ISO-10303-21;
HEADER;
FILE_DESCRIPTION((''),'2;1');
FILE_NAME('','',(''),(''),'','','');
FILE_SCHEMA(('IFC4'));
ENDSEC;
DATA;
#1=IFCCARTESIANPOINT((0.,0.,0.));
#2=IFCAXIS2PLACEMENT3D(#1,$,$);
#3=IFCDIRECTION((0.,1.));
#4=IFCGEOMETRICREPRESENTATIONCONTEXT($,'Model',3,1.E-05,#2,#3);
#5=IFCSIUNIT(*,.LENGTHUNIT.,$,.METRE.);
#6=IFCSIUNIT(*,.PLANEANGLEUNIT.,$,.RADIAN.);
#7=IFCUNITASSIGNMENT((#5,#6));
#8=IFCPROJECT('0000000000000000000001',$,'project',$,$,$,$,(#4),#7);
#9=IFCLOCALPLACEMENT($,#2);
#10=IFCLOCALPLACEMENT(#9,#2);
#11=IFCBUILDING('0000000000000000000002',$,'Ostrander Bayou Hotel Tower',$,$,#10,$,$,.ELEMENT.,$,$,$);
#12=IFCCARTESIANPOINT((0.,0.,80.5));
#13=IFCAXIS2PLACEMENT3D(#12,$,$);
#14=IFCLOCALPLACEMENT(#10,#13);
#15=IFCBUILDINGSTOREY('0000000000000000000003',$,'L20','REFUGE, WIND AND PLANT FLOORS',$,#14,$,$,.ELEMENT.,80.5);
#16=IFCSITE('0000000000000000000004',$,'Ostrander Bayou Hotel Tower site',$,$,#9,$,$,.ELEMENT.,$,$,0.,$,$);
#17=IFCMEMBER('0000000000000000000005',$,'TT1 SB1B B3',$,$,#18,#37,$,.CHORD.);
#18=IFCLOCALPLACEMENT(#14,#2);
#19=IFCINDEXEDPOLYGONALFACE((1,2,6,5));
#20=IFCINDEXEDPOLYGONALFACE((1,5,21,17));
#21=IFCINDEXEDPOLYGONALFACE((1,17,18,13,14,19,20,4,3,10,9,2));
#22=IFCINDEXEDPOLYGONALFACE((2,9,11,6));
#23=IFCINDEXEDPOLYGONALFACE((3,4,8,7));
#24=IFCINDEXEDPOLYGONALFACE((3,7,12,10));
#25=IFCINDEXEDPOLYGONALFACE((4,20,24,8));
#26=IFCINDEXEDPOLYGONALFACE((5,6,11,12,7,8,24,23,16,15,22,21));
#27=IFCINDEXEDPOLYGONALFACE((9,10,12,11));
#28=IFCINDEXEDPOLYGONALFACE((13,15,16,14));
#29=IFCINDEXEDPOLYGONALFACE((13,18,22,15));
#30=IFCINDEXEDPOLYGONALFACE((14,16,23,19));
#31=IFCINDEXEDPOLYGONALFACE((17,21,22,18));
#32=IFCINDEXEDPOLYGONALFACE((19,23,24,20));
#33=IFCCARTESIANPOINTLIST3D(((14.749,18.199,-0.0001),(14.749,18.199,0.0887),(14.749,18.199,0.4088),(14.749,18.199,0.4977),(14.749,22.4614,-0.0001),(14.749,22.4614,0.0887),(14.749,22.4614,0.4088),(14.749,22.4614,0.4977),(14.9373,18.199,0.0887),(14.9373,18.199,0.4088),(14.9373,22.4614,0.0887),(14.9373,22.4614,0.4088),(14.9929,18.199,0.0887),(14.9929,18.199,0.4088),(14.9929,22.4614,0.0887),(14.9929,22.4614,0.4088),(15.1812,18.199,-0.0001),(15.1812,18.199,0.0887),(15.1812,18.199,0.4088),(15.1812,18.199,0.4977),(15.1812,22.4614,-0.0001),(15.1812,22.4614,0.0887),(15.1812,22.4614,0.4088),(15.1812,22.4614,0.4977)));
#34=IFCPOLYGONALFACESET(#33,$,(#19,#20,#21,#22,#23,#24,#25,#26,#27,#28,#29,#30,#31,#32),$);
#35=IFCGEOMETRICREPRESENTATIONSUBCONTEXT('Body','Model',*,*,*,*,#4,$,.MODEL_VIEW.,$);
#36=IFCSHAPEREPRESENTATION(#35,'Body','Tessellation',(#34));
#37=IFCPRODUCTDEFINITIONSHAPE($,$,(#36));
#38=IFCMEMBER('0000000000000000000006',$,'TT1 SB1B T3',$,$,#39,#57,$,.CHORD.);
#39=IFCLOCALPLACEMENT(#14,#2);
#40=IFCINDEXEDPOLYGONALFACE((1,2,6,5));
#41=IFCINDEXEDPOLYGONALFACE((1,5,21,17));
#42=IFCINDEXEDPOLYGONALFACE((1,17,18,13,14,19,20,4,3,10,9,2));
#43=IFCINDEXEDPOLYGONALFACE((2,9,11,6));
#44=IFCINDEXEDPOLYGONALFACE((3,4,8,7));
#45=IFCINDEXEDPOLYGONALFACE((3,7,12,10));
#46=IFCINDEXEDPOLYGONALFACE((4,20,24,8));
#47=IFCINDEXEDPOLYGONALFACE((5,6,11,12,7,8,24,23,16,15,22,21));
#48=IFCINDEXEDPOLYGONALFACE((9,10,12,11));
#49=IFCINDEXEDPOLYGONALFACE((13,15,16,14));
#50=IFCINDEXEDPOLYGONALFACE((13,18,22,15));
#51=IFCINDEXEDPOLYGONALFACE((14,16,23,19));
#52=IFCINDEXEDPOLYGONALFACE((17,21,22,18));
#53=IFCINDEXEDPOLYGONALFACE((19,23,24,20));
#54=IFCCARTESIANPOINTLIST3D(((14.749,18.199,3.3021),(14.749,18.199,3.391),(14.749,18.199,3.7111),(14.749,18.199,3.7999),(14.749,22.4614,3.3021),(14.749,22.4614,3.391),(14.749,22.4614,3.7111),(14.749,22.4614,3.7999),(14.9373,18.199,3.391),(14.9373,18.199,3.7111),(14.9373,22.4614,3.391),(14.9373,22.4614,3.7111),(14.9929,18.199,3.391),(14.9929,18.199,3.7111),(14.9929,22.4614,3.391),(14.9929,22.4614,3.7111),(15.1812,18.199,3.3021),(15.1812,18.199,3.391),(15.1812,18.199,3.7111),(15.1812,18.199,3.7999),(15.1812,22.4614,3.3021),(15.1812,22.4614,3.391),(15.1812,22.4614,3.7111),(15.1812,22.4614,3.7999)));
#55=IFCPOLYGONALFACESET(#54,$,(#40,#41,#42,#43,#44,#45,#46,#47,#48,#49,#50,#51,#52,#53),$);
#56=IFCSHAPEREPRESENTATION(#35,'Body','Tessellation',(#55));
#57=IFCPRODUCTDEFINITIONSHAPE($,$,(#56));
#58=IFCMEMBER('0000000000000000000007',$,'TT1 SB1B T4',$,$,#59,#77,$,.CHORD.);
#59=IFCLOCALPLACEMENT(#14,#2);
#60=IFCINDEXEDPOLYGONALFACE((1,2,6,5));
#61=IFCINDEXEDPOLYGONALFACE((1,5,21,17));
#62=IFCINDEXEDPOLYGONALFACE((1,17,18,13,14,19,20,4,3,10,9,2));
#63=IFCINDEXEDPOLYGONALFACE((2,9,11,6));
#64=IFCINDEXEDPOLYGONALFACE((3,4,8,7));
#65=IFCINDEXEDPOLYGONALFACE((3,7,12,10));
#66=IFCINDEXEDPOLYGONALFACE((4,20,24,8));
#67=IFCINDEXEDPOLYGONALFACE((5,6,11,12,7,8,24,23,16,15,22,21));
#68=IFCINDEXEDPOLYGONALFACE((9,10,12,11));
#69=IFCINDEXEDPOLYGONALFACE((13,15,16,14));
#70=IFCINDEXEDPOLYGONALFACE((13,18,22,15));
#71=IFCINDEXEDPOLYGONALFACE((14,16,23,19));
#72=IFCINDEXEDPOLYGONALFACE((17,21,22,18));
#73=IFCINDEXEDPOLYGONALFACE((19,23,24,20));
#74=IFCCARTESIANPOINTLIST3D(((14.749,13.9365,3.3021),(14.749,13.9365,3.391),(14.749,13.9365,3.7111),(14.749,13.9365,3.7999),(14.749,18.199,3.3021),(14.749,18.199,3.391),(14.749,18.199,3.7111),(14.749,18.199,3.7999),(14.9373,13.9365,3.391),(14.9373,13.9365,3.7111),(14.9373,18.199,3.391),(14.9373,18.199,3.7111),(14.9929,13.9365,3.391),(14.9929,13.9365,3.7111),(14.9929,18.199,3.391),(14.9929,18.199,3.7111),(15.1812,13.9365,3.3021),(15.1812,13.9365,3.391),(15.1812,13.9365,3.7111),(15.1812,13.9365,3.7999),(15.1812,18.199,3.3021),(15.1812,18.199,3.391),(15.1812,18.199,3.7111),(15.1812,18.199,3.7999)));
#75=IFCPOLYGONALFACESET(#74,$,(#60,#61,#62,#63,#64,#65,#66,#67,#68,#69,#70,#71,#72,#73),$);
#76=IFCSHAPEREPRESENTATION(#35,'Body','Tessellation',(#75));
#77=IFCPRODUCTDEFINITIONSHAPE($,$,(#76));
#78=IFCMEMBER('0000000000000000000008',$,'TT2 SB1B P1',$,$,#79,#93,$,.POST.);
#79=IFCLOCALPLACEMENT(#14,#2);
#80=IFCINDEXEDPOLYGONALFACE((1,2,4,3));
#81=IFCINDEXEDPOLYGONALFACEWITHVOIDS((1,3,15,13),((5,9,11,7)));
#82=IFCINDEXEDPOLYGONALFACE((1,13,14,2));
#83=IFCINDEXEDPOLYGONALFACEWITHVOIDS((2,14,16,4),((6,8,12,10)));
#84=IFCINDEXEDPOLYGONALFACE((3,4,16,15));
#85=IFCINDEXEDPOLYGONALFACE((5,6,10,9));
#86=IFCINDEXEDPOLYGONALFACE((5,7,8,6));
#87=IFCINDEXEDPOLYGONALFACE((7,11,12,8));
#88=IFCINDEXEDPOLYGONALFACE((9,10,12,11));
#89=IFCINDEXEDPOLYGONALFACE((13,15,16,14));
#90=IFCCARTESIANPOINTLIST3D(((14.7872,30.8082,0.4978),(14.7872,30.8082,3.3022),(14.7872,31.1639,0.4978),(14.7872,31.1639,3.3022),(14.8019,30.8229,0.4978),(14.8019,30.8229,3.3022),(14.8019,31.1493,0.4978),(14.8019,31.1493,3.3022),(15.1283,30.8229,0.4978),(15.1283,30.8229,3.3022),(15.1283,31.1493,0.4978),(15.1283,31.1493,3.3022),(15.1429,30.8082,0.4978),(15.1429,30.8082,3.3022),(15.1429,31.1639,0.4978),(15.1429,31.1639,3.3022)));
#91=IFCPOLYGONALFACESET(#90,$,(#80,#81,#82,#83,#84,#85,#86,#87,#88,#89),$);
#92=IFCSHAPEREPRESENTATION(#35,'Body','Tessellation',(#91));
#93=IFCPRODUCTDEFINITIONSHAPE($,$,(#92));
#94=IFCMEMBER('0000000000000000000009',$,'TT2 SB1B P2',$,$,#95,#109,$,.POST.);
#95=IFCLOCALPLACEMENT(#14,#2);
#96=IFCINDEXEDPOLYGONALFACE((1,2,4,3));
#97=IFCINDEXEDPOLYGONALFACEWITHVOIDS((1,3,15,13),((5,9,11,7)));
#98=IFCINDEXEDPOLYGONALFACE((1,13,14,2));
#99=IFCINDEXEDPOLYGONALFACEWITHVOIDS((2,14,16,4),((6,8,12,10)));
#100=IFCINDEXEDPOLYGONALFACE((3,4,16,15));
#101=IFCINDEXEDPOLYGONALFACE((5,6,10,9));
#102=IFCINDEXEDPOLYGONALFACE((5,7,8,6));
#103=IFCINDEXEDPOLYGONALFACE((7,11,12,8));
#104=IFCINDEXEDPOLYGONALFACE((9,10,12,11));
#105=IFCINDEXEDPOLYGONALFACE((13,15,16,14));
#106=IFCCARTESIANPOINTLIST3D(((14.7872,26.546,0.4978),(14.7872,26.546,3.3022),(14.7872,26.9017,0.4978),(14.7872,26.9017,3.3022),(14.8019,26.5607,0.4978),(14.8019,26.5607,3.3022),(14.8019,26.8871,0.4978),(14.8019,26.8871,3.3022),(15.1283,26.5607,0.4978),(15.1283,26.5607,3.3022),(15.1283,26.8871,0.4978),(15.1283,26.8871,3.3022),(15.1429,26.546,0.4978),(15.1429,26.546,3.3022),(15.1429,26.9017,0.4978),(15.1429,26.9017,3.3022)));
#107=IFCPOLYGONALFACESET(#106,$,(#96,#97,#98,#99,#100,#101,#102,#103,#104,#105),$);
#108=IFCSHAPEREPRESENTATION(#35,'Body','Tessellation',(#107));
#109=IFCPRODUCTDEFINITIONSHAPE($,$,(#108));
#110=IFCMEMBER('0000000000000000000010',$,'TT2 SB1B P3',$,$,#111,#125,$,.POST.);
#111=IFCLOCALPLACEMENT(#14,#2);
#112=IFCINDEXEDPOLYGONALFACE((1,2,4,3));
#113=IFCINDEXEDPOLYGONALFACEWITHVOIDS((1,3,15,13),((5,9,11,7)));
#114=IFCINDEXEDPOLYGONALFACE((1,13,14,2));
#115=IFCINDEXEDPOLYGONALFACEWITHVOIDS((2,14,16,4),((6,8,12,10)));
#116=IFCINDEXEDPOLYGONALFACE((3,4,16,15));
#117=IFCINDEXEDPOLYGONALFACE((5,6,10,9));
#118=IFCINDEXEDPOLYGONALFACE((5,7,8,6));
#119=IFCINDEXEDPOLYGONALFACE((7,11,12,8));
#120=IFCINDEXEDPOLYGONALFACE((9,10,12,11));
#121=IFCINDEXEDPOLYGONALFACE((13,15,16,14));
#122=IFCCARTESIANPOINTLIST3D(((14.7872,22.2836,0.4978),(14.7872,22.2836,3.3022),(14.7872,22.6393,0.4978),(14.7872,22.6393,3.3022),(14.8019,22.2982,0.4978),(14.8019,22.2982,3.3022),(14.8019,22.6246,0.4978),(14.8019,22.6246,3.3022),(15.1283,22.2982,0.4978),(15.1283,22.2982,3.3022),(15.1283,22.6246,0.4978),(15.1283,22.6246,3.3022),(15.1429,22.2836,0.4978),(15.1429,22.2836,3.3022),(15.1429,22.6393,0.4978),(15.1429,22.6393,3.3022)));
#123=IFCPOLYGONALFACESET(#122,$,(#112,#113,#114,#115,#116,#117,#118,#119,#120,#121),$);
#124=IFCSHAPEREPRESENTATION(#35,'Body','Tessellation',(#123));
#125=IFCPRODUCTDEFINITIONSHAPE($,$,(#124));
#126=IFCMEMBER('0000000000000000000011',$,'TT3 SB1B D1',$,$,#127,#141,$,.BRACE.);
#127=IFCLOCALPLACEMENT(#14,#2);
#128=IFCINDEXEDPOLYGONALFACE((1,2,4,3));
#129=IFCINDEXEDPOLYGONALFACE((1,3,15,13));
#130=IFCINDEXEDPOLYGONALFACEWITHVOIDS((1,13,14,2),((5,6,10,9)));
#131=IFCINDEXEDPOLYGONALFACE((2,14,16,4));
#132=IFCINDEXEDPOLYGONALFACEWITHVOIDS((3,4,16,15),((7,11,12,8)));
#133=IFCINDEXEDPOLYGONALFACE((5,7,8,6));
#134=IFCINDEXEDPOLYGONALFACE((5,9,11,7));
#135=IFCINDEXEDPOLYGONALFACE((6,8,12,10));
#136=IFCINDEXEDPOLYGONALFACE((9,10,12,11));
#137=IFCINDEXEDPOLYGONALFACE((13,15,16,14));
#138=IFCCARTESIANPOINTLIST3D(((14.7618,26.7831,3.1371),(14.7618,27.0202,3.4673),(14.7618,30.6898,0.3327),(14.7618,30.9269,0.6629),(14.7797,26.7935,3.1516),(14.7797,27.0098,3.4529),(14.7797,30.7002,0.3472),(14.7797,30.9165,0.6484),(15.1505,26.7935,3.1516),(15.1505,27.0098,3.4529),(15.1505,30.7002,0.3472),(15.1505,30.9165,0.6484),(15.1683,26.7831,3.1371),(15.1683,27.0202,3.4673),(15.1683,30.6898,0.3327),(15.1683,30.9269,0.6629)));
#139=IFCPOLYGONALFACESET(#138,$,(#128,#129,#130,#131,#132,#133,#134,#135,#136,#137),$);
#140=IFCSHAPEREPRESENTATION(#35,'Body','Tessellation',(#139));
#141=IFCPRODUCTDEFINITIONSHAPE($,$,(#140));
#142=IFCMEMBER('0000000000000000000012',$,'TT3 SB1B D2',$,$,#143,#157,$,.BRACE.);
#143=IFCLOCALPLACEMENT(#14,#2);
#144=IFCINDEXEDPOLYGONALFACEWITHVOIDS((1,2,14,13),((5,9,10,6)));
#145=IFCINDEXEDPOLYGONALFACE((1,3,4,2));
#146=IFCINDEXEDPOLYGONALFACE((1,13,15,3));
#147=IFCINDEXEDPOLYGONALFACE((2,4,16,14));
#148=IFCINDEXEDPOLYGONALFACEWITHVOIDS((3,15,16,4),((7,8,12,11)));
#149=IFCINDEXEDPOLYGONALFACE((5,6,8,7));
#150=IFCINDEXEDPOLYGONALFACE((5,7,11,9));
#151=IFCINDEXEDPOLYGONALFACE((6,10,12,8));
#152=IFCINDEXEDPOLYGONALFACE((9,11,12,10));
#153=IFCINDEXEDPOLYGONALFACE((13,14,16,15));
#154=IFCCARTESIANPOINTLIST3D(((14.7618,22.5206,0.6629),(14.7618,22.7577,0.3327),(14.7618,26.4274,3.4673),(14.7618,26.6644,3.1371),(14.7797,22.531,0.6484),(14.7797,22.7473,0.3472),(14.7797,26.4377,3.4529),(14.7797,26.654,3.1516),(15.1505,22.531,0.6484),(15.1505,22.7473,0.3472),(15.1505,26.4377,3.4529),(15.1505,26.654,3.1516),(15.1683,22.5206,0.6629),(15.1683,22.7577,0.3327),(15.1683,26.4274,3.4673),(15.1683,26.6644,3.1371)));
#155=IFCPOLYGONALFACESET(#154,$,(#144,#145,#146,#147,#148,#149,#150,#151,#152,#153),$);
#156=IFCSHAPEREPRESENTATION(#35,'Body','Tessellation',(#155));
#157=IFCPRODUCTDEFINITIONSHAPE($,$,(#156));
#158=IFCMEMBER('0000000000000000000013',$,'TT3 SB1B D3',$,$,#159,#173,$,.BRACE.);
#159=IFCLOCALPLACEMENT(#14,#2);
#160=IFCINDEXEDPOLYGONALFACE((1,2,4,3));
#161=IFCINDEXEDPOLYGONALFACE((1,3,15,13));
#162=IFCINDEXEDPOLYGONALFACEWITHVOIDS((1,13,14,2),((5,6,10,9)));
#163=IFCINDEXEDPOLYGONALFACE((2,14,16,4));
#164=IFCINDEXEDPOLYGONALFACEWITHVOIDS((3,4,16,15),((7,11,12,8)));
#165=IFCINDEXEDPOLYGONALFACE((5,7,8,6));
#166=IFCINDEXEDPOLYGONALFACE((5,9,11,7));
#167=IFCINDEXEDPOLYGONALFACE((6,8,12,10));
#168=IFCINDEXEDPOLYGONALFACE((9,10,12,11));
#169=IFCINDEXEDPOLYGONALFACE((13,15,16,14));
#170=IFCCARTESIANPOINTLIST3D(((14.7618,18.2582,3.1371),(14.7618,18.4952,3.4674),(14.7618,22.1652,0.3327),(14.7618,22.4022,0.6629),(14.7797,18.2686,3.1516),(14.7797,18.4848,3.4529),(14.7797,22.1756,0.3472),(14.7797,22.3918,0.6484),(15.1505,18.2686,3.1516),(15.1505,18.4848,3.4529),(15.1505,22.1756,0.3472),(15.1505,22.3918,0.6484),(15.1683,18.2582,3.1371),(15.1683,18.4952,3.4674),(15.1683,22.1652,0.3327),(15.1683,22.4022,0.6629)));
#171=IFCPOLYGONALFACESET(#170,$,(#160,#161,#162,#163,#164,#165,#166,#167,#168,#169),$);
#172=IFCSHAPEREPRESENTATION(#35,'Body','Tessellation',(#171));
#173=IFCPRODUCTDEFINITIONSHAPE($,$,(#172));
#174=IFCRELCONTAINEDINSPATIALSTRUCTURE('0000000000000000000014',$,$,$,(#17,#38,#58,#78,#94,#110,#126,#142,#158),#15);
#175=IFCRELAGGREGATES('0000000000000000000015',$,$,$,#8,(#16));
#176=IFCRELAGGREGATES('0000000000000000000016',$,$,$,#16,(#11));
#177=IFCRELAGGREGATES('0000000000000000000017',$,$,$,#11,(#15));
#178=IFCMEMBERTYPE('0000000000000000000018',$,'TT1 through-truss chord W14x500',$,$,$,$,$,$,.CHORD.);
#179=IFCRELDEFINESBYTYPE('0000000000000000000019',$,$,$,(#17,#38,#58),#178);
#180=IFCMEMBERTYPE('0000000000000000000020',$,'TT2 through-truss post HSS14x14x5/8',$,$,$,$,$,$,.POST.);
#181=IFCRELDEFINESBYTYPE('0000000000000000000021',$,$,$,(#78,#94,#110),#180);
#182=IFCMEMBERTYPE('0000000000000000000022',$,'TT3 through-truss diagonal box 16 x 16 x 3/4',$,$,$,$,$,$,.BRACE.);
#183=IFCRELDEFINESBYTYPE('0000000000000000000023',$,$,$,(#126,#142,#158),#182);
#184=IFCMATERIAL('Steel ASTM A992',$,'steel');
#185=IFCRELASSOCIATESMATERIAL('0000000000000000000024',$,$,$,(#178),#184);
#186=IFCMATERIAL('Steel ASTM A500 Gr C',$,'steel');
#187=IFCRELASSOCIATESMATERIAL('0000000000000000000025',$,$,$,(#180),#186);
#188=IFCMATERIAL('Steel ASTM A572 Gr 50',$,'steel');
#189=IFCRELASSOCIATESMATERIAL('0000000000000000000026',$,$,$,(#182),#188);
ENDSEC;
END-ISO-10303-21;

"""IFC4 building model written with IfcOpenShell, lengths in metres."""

from ifc_helpers import new_model, si_unit, direction, frame, origin, origin_2d, place, context, subcontext, project, spatial, hollow_rectangle, i_section, extrude, material, material_profile, profile_set, type_object, element, save


model = new_model("IFC4")

# Units and contexts
model_context = context("Model", 3, precision=1e-05, world=origin(), true_north=direction((0.0, 1.0)))
body_context = subcontext(model_context, "Body", "Model", "MODEL_VIEW")
ifc_project = project(units=[si_unit("LENGTHUNIT", "METRE"), si_unit("PLANEANGLEUNIT", "RADIAN")], contexts=[model_context])

# Site, building, storey
site_placement = place(None, origin())
site = spatial("IfcSite", under=ifc_project, at=site_placement, Name="Ostrander Bayou Hotel Tower site", CompositionType="ELEMENT", RefElevation=0.0)
building_placement = place(site_placement, origin())
building = spatial("IfcBuilding", under=site, at=building_placement, Name="Ostrander Bayou Hotel Tower", CompositionType="ELEMENT")
storey_placement = place(building_placement, frame((0.0, 0.0, 80.5)))
storey = spatial("IfcBuildingStorey", under=building, at=storey_placement, Name="L20", Description="REFUGE, WIND AND PLANT FLOORS", CompositionType="ELEMENT", Elevation=80.5)

# Members
ifc_material_1 = material(Name="Steel ASTM A992", Category="steel")
ifc_material_profile_1 = material_profile(ifc_material_1, i_section(OverallWidth=0.4321, OverallDepth=0.4978, WebThickness=0.0557, FlangeThickness=0.0889, at=origin_2d()))
ifc_profile_set_1 = profile_set([ifc_material_profile_1], Name="Steel ASTM A992")
member_type_1 = type_object("IfcMemberType", Name="TT1 through-truss chord W14x500", PredefinedType="CHORD", material=ifc_profile_set_1)
for number, where, z_axis, x_axis, name in (
    (1, (14.9651, 22.4614, 0.2488), (0.0, -1.0, 0.0), (1.0, 0.0, 0.0), "TT1 SB1B B3"),
    (2, (14.9651, 22.4614, 3.551), (0.0, -1.0, 0.0), (1.0, 0.0, 0.0), "TT1 SB1B T3"),
    (3, (14.9651, 18.199, 3.551), (0.0, -1.0, 0.0), (1.0, 0.0, 0.0), "TT1 SB1B T4"),
):
    element("IfcMember", number, at=place(storey_placement, frame(where, z_axis=z_axis, x_axis=x_axis)), inside=storey, type_object=member_type_1, Name=name, PredefinedType="CHORD", context=body_context, shape_type="SweptSolid", body=[
        extrude(i_section(OverallWidth=0.4321, OverallDepth=0.4978, WebThickness=0.0557, FlangeThickness=0.0889, at=origin_2d()), origin(), (0.0, 0.0, 1.0), 4.2625),
    ])
ifc_material_2 = material(Name="Steel ASTM A500 Gr C", Category="steel")
ifc_material_profile_2 = material_profile(ifc_material_2, hollow_rectangle(XDim=0.3557, YDim=0.3557, WallThickness=0.0146, at=origin_2d()))
ifc_profile_set_2 = profile_set([ifc_material_profile_2], Name="Steel ASTM A500 Gr C")
member_type_2 = type_object("IfcMemberType", Name="TT2 through-truss post HSS14x14x5/8", PredefinedType="POST", material=ifc_profile_set_2)
for number, where, z_axis, x_axis, name in (
    (4, (14.9651, 30.9861, 0.4978), (0.0, 0.0, 1.0), (1.0, 0.0, 0.0), "TT2 SB1B P1"),
    (5, (14.9651, 26.7239, 0.4978), (0.0, 0.0, 1.0), (1.0, 0.0, 0.0), "TT2 SB1B P2"),
    (6, (14.9651, 22.4614, 0.4978), (0.0, 0.0, 1.0), (1.0, 0.0, 0.0), "TT2 SB1B P3"),
):
    element("IfcMember", number, at=place(storey_placement, frame(where, z_axis=z_axis, x_axis=x_axis)), inside=storey, type_object=member_type_2, Name=name, PredefinedType="POST", context=body_context, shape_type="SweptSolid", body=[
        extrude(hollow_rectangle(XDim=0.3557, YDim=0.3557, WallThickness=0.0146, at=origin_2d()), origin(), (0.0, 0.0, 1.0), 2.8044),
    ])
ifc_material_3 = material(Name="Steel ASTM A572 Gr 50", Category="steel")
ifc_material_profile_3 = material_profile(ifc_material_3, hollow_rectangle(XDim=0.4065, YDim=0.4065, WallThickness=0.0178, at=origin_2d()))
ifc_profile_set_3 = profile_set([ifc_material_profile_3], Name="Steel ASTM A572 Gr 50")
member_type_3 = type_object("IfcMemberType", Name="TT3 through-truss diagonal box 16 x 16 x 3/4", PredefinedType="BRACE", material=ifc_profile_set_3)
for number, where, z_axis, x_axis, name in (
    (7, (14.9651, 30.8083, 0.4978), (0.0, -0.812363, 0.583153), (1.0, 0.0, 0.0), "TT3 SB1B D1"),
    (8, (14.9651, 22.6392, 0.4978), (0.0, 0.812363, 0.583153), (-1.0, 0.0, 0.0), "TT3 SB1B D2"),
):
    element("IfcMember", number, at=place(storey_placement, frame(where, z_axis=z_axis, x_axis=x_axis)), inside=storey, type_object=member_type_3, Name=name, PredefinedType="BRACE", context=body_context, shape_type="SweptSolid", body=[
        extrude(hollow_rectangle(XDim=0.4065, YDim=0.4065, WallThickness=0.0178, at=origin_2d()), origin(), (0.0, 0.0, 1.0), 4.8091),
    ])
member_1_placement = place(storey_placement, frame((14.9651, 22.2837, 0.4978), z_axis=(0.0, -0.81238, 0.583129), x_axis=(1.0, 0.0, 0.0)))
element("IfcMember", 9, at=member_1_placement, inside=storey, type_object=member_type_3, Name="TT3 SB1B D3", PredefinedType="BRACE", context=body_context, shape_type="SweptSolid", body=[
    extrude(hollow_rectangle(XDim=0.4065, YDim=0.4065, WallThickness=0.0178, at=origin_2d()), origin(), (0.0, 0.0, 1.0), 4.8093),
])

save(model, "model.ifc")
